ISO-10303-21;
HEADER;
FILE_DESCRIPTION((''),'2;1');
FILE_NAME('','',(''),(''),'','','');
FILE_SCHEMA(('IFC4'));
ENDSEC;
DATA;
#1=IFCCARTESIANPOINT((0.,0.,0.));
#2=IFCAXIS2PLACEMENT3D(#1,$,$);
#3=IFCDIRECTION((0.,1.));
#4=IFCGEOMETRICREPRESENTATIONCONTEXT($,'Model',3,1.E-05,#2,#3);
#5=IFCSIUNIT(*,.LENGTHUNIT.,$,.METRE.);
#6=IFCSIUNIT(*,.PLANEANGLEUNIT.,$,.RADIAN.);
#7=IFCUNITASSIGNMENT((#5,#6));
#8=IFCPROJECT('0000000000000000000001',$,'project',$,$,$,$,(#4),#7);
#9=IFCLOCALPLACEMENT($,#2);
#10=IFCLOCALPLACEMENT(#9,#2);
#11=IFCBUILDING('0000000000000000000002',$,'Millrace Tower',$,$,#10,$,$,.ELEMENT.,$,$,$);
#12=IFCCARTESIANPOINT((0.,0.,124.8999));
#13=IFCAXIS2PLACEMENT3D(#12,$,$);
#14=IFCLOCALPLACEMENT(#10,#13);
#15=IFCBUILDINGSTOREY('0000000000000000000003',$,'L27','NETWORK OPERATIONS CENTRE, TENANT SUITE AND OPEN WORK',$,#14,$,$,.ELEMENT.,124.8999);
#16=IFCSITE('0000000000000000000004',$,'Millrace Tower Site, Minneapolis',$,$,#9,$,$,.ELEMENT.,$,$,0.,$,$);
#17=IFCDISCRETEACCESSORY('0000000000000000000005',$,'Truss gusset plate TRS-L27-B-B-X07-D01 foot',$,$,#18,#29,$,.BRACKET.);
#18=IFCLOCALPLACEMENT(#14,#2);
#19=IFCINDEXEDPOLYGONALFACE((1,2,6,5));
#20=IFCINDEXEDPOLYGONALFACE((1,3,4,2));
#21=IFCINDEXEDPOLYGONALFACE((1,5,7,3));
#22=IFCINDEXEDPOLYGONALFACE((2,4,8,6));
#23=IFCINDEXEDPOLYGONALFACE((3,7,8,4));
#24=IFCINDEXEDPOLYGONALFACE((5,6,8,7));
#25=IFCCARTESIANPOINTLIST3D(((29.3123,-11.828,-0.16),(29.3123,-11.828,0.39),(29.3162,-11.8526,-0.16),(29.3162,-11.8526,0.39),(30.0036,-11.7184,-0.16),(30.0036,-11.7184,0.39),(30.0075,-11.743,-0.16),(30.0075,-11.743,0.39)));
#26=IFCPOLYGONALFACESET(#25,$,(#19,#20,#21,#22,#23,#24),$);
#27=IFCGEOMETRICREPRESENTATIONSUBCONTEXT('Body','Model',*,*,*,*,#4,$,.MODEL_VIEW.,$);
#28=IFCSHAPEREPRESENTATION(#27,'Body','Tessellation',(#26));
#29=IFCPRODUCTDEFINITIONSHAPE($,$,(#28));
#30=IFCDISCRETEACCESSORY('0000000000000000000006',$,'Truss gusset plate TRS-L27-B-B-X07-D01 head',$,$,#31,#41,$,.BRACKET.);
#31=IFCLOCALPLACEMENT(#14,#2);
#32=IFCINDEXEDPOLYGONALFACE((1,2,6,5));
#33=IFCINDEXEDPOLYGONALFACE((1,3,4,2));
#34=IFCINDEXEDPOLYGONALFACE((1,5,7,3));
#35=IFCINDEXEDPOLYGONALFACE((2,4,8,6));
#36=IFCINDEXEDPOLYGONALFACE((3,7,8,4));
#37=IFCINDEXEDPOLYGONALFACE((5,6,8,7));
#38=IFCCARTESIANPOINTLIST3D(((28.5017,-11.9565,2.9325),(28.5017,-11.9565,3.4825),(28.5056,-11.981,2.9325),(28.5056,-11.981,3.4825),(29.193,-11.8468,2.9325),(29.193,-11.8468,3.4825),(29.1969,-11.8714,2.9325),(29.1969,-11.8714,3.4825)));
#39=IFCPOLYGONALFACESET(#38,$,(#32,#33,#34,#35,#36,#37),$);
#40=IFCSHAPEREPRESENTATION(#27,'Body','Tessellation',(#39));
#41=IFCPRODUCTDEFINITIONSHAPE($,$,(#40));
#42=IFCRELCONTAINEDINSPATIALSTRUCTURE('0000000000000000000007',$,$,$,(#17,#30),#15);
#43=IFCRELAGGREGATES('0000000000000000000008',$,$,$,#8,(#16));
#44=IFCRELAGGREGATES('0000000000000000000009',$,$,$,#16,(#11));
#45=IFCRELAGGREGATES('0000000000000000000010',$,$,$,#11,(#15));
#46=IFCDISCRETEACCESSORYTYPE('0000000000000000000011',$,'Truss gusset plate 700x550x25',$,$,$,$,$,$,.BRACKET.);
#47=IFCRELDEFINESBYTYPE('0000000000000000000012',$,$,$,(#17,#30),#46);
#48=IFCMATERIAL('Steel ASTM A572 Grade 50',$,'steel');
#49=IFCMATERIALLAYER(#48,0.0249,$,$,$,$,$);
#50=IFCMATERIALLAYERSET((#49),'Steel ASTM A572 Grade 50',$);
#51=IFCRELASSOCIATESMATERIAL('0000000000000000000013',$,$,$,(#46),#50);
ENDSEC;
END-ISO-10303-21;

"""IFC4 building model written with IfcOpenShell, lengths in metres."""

from ifc_helpers import new_model, si_unit, direction, frame, origin, origin_2d, place, context, subcontext, project, spatial, rectangle, extrude, material, layer, layer_set, type_object, element, save


model = new_model("IFC4")

# Units and contexts
model_context = context("Model", 3, precision=1e-05, world=origin(), true_north=direction((0.0, 1.0)))
body_context = subcontext(model_context, "Body", "Model", "MODEL_VIEW")
ifc_project = project(units=[si_unit("LENGTHUNIT", "METRE"), si_unit("PLANEANGLEUNIT", "RADIAN")], contexts=[model_context])

# Site, building, storey
site_placement = place(None, origin())
site = spatial("IfcSite", under=ifc_project, at=site_placement, Name="Millrace Tower Site, Minneapolis", CompositionType="ELEMENT", RefElevation=0.0)
building_placement = place(site_placement, origin())
building = spatial("IfcBuilding", under=site, at=building_placement, Name="Millrace Tower", CompositionType="ELEMENT")
storey_placement = place(building_placement, frame((0.0, 0.0, 124.8999)))
storey = spatial("IfcBuildingStorey", under=building, at=storey_placement, Name="L27", Description="NETWORK OPERATIONS CENTRE, TENANT SUITE AND OPEN WORK", CompositionType="ELEMENT", Elevation=124.8999)

# Discrete accessories
ifc_material_1 = material(Name="Steel ASTM A572 Grade 50", Category="steel")
ifc_layer_1 = layer(ifc_material_1, 0.0249)
ifc_layer_set_1 = layer_set([ifc_layer_1], Name="Steel ASTM A572 Grade 50")
discrete_accessory_type = type_object("IfcDiscreteAccessoryType", Name="Truss gusset plate 700x550x25", PredefinedType="BRACKET", material=ifc_layer_set_1)
for number, where, z_axis, x_axis, name in (
    (1, (29.3142, -11.8403, 0.115), (0.987664, 0.156589, 0.0), (-0.156589, 0.987664, 0.0), "Truss gusset plate TRS-L27-B-B-X07-D01 foot"),
    (2, (28.5037, -11.9688, 3.2075), (0.987664, 0.156589, 0.0), (-0.156589, 0.987664, 0.0), "Truss gusset plate TRS-L27-B-B-X07-D01 head"),
):
    element("IfcDiscreteAccessory", number, at=place(storey_placement, frame(where, z_axis=z_axis, x_axis=x_axis)), inside=storey, type_object=discrete_accessory_type, Name=name, PredefinedType="BRACKET", context=body_context, shape_type="SweptSolid", body=[
        extrude(rectangle(XDim=0.0249, YDim=0.55, at=origin_2d()), origin(), (0.0, 0.0, 1.0), 0.7),
    ])

save(model, "model.ifc")
